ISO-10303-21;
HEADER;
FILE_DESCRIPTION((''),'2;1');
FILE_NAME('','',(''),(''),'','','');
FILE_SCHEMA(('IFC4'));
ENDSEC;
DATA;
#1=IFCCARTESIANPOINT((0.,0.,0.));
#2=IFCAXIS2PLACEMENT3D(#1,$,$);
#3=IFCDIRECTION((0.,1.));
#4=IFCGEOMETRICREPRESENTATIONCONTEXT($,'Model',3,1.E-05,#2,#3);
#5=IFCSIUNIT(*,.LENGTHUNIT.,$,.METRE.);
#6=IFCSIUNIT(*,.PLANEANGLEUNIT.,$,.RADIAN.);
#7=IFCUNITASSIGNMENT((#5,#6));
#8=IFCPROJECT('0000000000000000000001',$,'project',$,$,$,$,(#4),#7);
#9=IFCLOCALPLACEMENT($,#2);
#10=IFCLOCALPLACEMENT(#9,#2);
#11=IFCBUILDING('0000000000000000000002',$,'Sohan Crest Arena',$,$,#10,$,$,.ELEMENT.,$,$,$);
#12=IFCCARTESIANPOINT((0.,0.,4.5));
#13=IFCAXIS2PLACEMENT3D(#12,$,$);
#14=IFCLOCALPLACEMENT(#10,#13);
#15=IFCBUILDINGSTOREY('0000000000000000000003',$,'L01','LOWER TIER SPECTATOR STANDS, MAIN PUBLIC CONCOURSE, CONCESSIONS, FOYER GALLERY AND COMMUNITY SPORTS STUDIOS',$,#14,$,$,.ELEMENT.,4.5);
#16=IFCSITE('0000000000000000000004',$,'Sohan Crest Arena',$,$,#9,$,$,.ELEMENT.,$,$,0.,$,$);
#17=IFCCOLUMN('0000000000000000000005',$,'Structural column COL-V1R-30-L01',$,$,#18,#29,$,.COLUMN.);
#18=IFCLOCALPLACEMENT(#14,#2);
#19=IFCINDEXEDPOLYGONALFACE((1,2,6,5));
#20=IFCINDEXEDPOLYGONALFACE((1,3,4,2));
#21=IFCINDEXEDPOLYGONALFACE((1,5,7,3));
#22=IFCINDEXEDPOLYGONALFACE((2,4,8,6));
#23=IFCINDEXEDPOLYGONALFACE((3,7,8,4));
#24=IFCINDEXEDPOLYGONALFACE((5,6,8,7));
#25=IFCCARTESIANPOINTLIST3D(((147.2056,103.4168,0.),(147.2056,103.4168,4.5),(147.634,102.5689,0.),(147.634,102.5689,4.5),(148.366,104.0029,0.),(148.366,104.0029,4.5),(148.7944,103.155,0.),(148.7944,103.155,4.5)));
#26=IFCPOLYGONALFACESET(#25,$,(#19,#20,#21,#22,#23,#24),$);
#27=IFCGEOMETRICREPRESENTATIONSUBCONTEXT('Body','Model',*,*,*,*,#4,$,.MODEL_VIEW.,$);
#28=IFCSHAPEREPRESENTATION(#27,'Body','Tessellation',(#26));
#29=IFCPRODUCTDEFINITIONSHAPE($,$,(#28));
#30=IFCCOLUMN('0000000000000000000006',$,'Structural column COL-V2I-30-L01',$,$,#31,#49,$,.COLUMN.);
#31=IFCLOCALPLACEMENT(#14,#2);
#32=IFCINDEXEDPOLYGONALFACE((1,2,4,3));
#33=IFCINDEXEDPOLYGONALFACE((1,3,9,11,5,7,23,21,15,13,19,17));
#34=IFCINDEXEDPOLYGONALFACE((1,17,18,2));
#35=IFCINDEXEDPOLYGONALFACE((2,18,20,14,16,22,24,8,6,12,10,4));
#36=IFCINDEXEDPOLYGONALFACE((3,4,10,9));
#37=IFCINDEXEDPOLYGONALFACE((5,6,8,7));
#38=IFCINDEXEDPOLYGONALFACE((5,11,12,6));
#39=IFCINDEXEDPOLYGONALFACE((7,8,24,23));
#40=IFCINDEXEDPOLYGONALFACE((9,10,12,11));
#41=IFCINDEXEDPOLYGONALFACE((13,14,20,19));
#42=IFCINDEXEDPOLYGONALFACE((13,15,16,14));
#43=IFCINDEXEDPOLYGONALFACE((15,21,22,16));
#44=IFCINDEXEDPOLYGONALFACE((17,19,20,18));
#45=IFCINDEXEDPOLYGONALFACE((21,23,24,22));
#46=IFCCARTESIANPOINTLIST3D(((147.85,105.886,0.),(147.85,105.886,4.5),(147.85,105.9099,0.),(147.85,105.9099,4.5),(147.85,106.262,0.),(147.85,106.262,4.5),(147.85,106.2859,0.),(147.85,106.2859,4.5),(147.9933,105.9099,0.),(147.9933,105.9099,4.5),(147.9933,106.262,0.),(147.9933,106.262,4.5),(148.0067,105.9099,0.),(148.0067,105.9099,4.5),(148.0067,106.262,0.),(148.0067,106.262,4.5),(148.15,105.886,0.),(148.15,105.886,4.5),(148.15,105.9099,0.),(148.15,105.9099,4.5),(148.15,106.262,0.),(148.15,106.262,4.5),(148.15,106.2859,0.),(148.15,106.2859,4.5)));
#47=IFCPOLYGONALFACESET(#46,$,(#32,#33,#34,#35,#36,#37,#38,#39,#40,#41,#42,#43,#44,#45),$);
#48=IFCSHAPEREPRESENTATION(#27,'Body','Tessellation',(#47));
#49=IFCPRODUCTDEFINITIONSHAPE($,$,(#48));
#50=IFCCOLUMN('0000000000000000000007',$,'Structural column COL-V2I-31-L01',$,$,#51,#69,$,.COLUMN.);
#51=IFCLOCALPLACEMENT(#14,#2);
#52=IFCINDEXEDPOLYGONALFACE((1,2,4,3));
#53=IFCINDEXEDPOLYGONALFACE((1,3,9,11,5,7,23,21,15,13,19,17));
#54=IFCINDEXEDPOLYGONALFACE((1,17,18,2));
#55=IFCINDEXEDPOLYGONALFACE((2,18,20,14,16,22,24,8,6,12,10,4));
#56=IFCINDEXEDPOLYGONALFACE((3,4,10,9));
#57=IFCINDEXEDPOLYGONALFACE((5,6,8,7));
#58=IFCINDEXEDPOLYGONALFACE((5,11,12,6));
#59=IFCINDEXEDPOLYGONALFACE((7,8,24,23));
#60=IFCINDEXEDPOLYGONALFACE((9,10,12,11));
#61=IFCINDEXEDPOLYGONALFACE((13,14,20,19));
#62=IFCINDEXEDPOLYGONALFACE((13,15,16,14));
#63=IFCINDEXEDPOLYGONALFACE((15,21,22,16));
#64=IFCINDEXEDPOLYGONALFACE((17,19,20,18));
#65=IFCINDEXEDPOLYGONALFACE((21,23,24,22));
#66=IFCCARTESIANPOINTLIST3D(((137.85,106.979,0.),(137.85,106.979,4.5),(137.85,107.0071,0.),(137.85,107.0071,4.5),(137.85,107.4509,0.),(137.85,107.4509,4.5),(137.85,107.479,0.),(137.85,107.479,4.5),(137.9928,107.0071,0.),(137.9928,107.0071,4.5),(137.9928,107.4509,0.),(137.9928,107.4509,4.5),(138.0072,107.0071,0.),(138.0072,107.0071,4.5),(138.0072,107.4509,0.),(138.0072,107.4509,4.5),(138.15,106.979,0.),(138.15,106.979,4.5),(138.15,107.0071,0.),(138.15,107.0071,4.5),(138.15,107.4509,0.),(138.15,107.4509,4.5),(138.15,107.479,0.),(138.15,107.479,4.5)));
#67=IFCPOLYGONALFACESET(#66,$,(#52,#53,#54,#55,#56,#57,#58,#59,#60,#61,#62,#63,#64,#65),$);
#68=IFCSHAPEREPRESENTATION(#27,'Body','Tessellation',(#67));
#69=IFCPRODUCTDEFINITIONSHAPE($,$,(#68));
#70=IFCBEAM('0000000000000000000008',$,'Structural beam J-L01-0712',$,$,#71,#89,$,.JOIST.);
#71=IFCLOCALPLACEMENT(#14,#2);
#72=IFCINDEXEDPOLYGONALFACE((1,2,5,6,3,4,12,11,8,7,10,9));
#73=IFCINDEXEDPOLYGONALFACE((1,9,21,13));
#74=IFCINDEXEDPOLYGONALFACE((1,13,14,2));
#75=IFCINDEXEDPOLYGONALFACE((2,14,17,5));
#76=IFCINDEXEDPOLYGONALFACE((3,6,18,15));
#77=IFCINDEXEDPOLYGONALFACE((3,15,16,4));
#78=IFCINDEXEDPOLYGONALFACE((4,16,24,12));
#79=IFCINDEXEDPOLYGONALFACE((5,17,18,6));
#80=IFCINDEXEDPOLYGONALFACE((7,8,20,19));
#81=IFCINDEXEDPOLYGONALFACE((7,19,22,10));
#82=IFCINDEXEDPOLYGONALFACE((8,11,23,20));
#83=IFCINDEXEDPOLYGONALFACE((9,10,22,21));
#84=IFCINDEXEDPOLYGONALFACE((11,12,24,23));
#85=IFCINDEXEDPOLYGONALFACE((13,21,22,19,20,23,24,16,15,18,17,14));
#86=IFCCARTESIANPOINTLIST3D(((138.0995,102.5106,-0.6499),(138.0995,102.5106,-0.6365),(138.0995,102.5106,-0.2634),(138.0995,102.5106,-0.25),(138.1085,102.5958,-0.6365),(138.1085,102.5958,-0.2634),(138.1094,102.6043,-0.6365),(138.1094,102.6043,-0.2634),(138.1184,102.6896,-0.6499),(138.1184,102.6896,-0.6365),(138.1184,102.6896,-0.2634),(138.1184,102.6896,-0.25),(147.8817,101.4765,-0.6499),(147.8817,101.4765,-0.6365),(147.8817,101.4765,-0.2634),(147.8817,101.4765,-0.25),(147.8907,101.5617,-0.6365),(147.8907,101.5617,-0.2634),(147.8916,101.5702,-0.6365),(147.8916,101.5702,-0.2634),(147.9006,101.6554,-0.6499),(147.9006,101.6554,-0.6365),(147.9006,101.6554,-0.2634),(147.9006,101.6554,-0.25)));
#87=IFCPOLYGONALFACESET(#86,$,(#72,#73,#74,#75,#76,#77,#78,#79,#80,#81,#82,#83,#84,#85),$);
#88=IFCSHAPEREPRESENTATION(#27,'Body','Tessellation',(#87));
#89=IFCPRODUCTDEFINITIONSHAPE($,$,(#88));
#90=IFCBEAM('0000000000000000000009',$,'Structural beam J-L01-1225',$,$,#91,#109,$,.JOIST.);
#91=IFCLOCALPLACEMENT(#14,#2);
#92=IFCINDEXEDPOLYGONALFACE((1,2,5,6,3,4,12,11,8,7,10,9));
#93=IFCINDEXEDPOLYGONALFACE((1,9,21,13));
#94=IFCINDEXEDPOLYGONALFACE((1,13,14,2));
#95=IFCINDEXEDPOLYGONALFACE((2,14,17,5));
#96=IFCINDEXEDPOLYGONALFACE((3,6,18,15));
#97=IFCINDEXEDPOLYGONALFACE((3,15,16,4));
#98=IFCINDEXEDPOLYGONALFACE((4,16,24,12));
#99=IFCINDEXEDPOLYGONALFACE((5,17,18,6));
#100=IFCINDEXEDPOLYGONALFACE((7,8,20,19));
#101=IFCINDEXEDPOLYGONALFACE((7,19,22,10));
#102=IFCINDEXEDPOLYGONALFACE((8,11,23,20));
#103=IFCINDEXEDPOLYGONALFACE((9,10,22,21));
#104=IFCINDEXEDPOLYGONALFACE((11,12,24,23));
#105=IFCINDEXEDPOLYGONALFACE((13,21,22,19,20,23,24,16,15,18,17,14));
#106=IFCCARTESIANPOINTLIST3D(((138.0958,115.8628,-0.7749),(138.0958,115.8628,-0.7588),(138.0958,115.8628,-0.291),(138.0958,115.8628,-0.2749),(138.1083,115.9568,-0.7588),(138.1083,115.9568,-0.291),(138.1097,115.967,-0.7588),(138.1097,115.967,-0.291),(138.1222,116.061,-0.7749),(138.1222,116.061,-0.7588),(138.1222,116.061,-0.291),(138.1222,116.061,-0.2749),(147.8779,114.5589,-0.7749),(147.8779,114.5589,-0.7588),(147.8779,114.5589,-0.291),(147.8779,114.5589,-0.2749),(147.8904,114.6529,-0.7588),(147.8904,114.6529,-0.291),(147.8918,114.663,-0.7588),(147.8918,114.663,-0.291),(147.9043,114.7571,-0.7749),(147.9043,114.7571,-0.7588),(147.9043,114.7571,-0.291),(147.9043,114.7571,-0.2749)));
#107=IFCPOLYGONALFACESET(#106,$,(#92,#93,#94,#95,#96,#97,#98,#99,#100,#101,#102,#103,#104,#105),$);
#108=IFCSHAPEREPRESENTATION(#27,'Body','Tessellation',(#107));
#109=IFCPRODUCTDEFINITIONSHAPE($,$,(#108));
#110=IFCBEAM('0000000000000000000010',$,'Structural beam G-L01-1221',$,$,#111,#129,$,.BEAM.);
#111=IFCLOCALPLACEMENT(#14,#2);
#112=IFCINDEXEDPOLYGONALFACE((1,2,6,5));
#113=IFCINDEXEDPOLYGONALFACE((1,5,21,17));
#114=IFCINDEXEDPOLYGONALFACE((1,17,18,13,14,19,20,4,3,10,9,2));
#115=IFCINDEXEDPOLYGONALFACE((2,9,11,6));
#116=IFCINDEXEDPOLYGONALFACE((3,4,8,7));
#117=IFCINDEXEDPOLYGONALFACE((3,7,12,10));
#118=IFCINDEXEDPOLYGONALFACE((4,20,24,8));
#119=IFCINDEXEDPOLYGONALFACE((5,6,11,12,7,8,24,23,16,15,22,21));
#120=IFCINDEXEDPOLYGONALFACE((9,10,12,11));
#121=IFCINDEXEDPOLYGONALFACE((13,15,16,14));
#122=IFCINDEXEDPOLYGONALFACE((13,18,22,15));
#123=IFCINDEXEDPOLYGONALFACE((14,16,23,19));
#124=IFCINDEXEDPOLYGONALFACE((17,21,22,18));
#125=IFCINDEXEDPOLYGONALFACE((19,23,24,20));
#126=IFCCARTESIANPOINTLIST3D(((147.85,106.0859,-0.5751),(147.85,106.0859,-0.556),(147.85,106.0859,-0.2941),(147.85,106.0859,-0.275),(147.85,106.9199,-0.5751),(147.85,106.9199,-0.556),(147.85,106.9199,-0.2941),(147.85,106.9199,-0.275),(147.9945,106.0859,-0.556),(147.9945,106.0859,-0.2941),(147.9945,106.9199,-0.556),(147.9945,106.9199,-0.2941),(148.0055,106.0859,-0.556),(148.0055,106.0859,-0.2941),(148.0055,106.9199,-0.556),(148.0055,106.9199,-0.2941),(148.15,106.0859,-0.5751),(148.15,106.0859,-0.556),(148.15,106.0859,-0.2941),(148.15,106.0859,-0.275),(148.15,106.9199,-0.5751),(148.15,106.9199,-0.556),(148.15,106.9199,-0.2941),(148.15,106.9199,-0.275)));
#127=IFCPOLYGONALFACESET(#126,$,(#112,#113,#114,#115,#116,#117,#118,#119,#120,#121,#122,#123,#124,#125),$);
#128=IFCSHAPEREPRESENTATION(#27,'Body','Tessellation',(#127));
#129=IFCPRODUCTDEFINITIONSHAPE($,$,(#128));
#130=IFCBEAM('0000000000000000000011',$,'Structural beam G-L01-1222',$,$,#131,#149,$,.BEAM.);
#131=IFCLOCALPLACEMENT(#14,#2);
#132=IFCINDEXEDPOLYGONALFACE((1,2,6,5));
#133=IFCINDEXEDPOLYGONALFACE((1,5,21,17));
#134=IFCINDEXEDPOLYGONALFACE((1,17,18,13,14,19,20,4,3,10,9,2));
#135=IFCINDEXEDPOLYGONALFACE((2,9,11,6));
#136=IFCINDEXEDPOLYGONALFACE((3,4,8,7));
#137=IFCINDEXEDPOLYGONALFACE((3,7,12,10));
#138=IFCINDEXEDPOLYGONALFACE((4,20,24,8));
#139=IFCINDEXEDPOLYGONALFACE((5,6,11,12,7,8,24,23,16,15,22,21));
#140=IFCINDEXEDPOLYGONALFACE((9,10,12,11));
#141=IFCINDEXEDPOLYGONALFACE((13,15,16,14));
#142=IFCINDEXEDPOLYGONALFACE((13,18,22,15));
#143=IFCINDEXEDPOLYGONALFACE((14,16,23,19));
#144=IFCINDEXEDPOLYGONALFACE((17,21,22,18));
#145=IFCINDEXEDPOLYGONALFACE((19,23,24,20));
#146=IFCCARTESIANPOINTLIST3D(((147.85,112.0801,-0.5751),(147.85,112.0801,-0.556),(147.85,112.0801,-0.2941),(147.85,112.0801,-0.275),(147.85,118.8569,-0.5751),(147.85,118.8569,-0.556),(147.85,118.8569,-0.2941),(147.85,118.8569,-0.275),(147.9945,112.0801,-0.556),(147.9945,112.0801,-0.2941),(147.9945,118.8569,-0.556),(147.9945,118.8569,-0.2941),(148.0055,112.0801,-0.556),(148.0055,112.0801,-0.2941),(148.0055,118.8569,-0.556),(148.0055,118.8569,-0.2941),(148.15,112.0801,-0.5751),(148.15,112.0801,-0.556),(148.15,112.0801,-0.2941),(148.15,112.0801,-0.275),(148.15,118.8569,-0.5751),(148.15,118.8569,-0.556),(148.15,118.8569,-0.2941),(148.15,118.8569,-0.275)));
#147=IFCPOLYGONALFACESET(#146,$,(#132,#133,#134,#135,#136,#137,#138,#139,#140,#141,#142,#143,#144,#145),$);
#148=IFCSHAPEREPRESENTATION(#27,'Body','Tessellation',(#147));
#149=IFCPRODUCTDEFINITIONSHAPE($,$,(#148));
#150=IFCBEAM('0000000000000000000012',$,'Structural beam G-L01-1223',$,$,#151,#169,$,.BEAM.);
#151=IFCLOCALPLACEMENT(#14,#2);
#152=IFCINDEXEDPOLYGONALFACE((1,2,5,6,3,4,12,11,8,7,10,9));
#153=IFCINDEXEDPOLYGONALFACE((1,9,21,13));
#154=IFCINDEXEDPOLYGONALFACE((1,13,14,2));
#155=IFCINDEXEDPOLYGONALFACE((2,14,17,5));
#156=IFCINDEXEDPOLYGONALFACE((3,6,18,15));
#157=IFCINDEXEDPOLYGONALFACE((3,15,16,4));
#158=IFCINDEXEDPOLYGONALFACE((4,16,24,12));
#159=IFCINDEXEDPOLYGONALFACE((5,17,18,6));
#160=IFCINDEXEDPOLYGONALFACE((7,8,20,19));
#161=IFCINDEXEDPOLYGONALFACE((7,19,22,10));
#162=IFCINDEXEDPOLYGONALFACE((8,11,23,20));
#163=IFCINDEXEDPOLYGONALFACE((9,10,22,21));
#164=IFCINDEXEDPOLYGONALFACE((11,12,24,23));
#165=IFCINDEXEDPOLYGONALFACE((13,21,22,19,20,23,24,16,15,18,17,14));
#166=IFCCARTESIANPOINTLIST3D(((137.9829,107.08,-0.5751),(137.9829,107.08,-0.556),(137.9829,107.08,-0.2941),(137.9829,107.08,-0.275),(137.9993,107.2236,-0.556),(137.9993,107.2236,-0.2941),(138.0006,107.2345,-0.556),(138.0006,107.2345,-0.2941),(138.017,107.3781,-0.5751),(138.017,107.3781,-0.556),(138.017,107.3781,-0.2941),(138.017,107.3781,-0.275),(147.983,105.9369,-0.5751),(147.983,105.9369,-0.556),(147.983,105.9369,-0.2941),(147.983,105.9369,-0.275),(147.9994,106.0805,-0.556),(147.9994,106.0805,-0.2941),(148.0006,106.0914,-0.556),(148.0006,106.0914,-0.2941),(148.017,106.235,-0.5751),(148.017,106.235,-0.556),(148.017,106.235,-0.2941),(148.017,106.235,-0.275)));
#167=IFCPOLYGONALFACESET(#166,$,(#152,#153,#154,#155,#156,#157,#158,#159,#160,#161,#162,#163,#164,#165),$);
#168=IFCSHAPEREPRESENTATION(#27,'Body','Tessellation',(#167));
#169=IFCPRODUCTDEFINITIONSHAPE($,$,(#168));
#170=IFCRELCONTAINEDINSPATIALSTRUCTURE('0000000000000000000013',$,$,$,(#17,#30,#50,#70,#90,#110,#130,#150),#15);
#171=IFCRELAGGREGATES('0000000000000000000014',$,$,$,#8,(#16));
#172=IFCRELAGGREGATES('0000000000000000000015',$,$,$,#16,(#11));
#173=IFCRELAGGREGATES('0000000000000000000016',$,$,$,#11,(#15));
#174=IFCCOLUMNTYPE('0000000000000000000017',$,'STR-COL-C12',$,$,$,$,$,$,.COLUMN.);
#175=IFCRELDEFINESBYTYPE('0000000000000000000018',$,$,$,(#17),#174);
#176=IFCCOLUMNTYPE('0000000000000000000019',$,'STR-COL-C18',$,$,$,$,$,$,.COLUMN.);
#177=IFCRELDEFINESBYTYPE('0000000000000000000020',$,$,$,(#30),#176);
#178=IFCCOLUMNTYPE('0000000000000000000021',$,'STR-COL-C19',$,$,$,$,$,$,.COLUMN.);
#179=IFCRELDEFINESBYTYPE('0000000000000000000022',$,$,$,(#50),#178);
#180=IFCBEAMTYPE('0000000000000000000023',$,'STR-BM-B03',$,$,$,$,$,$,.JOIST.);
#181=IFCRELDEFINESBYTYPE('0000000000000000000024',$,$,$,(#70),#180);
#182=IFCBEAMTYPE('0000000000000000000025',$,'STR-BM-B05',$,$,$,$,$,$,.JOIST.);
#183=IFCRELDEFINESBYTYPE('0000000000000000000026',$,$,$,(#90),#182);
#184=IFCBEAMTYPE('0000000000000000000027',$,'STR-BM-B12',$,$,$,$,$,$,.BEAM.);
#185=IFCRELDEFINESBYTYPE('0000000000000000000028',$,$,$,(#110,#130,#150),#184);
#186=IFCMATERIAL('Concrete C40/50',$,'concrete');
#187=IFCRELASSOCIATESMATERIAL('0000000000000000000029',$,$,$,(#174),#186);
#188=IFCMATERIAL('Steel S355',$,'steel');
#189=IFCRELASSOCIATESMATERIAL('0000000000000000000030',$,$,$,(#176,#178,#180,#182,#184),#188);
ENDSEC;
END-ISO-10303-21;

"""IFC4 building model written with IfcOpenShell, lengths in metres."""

from ifc_helpers import new_model, si_unit, direction, frame, origin, origin_2d, place, context, subcontext, project, spatial, rectangle, i_section, extrude, material, material_profile, profile_set, type_object, element, save


model = new_model("IFC4")

# Units and contexts
model_context = context("Model", 3, precision=1e-05, world=origin(), true_north=direction((0.0, 1.0)))
body_context = subcontext(model_context, "Body", "Model", "MODEL_VIEW")
ifc_project = project(units=[si_unit("LENGTHUNIT", "METRE"), si_unit("PLANEANGLEUNIT", "RADIAN")], contexts=[model_context])

# Site, building, storey
site_placement = place(None, origin())
site = spatial("IfcSite", under=ifc_project, at=site_placement, Name="Sohan Crest Arena", CompositionType="ELEMENT", RefElevation=0.0)
building_placement = place(site_placement, origin())
building = spatial("IfcBuilding", under=site, at=building_placement, Name="Sohan Crest Arena", CompositionType="ELEMENT")
storey_placement = place(building_placement, frame((0.0, 0.0, 4.5)))
storey = spatial("IfcBuildingStorey", under=building, at=storey_placement, Name="L01", Description="LOWER TIER SPECTATOR STANDS, MAIN PUBLIC CONCOURSE, CONCESSIONS, FOYER GALLERY AND COMMUNITY SPORTS STUDIOS", CompositionType="ELEMENT", Elevation=4.5)

# Columns
ifc_material_1 = material(Name="Concrete C40/50", Category="concrete")
ifc_material_profile_1 = material_profile(ifc_material_1, rectangle(XDim=1.3, YDim=0.95, at=origin_2d()), Name="RC 1300x950")
ifc_profile_set_1 = profile_set([ifc_material_profile_1], Name="Concrete C40/50")
column_type_1 = type_object("IfcColumnType", Name="STR-COL-C12", PredefinedType="COLUMN", material=ifc_profile_set_1)
column_1_placement = place(storey_placement, frame((148.0, 103.2859, 0.0), z_axis=(0.0, 0.0, 1.0), x_axis=(0.892586, 0.450878, 0.0)))
element("IfcColumn", 1, at=column_1_placement, inside=storey, type_object=column_type_1, Name="Structural column COL-V1R-30-L01", PredefinedType="COLUMN", context=body_context, shape_type="SweptSolid", body=[
    extrude(rectangle(XDim=1.3, YDim=0.95, at=origin_2d()), origin(), (0.0, 0.0, 1.0), 4.5),
])
ifc_material_2 = material(Name="Steel S355", Category="steel")
ifc_material_profile_2 = material_profile(ifc_material_2, i_section(OverallWidth=0.3, OverallDepth=0.3999, WebThickness=0.0134, FlangeThickness=0.0239, at=origin_2d()), Name="HEB 400")
ifc_profile_set_2 = profile_set([ifc_material_profile_2], Name="Steel S355")
column_type_2 = type_object("IfcColumnType", Name="STR-COL-C18", PredefinedType="COLUMN", material=ifc_profile_set_2)
column_2_placement = place(storey_placement, frame((148.0, 106.0859, 0.0), z_axis=(0.0, 0.0, 1.0), x_axis=(1.0, 0.0, 0.0)))
element("IfcColumn", 2, at=column_2_placement, inside=storey, type_object=column_type_2, Name="Structural column COL-V2I-30-L01", PredefinedType="COLUMN", context=body_context, shape_type="SweptSolid", body=[
    extrude(i_section(OverallWidth=0.3, OverallDepth=0.3999, WebThickness=0.0134, FlangeThickness=0.0239, at=origin_2d()), origin(), (0.0, 0.0, 1.0), 4.5),
])
ifc_material_profile_3 = material_profile(ifc_material_2, i_section(OverallWidth=0.3, OverallDepth=0.5, WebThickness=0.0144, FlangeThickness=0.0281, at=origin_2d()), Name="HEB 500")
ifc_profile_set_3 = profile_set([ifc_material_profile_3], Name="Steel S355")
column_type_3 = type_object("IfcColumnType", Name="STR-COL-C19", PredefinedType="COLUMN", material=ifc_profile_set_3)
column_3_placement = place(storey_placement, frame((138.0, 107.229, 0.0), z_axis=(0.0, 0.0, 1.0), x_axis=(1.0, 0.0, 0.0)))
element("IfcColumn", 3, at=column_3_placement, inside=storey, type_object=column_type_3, Name="Structural column COL-V2I-31-L01", PredefinedType="COLUMN", context=body_context, shape_type="SweptSolid", body=[
    extrude(i_section(OverallWidth=0.3, OverallDepth=0.5, WebThickness=0.0144, FlangeThickness=0.0281, at=origin_2d()), origin(), (0.0, 0.0, 1.0), 4.5),
])

# Beams
ifc_material_profile_4 = material_profile(ifc_material_2, i_section(OverallWidth=0.1799, OverallDepth=0.3999, WebThickness=0.0085, FlangeThickness=0.0134, at=origin_2d()), Name="IPE 400")
ifc_profile_set_4 = profile_set([ifc_material_profile_4], Name="Steel S355")
beam_type_1 = type_object("IfcBeamType", Name="STR-BM-B03", PredefinedType="JOIST", material=ifc_profile_set_4)
beam_1_placement = place(storey_placement, frame((147.8911, 101.5659, -0.45), z_axis=(-0.994458, 0.105134, 0.0), x_axis=(-0.105134, -0.994458, 0.0)))
element("IfcBeam", 4, at=beam_1_placement, inside=storey, type_object=beam_type_1, Name="Structural beam J-L01-0712", PredefinedType="JOIST", context=body_context, shape_type="SweptSolid", body=[
    extrude(i_section(OverallWidth=0.1799, OverallDepth=0.3999, WebThickness=0.0085, FlangeThickness=0.0134, at=origin_2d()), origin(), (0.0, 0.0, 1.0), 9.8367),
])
ifc_material_profile_5 = material_profile(ifc_material_2, i_section(OverallWidth=0.2, OverallDepth=0.5, WebThickness=0.0103, FlangeThickness=0.0161, at=origin_2d()), Name="IPE 500")
ifc_profile_set_5 = profile_set([ifc_material_profile_5], Name="Steel S355")
beam_type_2 = type_object("IfcBeamType", Name="STR-BM-B05", PredefinedType="JOIST", material=ifc_profile_set_5)
beam_2_placement = place(storey_placement, frame((147.8911, 114.658, -0.5249), z_axis=(-0.991232, 0.13213, 0.0), x_axis=(-0.13213, -0.991232, 0.0)))
element("IfcBeam", 5, at=beam_2_placement, inside=storey, type_object=beam_type_2, Name="Structural beam J-L01-1225", PredefinedType="JOIST", context=body_context, shape_type="SweptSolid", body=[
    extrude(i_section(OverallWidth=0.2, OverallDepth=0.5, WebThickness=0.0103, FlangeThickness=0.0161, at=origin_2d()), origin(), (0.0, 0.0, 1.0), 9.8687),
])
ifc_material_profile_6 = material_profile(ifc_material_2, i_section(OverallWidth=0.3, OverallDepth=0.3, WebThickness=0.011, FlangeThickness=0.019, at=origin_2d()), Name="HEB 300")
ifc_profile_set_6 = profile_set([ifc_material_profile_6], Name="Steel S355")
beam_type_3 = type_object("IfcBeamType", Name="STR-BM-B12", PredefinedType="BEAM", material=ifc_profile_set_6)
beam_3_placement = place(storey_placement, frame((148.0, 106.0859, -0.425), z_axis=(0.0, 1.0, 0.0), x_axis=(-1.0, 0.0, 0.0)))
element("IfcBeam", 6, at=beam_3_placement, inside=storey, type_object=beam_type_3, Name="Structural beam G-L01-1221", PredefinedType="BEAM", context=body_context, shape_type="SweptSolid", body=[
    extrude(i_section(OverallWidth=0.3, OverallDepth=0.3, WebThickness=0.011, FlangeThickness=0.019, at=origin_2d()), origin(), (0.0, 0.0, 1.0), 0.834),
])
beam_4_placement = place(storey_placement, frame((148.0, 112.0801, -0.425), z_axis=(0.0, 1.0, 0.0), x_axis=(-1.0, 0.0, 0.0)))
element("IfcBeam", 7, at=beam_4_placement, inside=storey, type_object=beam_type_3, Name="Structural beam G-L01-1222", PredefinedType="BEAM", context=body_context, shape_type="SweptSolid", body=[
    extrude(i_section(OverallWidth=0.3, OverallDepth=0.3, WebThickness=0.011, FlangeThickness=0.019, at=origin_2d()), origin(), (0.0, 0.0, 1.0), 6.7769),
])
beam_5_placement = place(storey_placement, frame((148.0, 106.0859, -0.425), z_axis=(-0.99353, 0.113567, 0.0), x_axis=(-0.113567, -0.99353, 0.0)))
element("IfcBeam", 8, at=beam_5_placement, inside=storey, type_object=beam_type_3, Name="Structural beam G-L01-1223", PredefinedType="BEAM", context=body_context, shape_type="SweptSolid", body=[
    extrude(i_section(OverallWidth=0.3, OverallDepth=0.3, WebThickness=0.011, FlangeThickness=0.019, at=origin_2d()), origin(), (0.0, 0.0, 1.0), 10.0652),
])

save(model, "model.ifc")
